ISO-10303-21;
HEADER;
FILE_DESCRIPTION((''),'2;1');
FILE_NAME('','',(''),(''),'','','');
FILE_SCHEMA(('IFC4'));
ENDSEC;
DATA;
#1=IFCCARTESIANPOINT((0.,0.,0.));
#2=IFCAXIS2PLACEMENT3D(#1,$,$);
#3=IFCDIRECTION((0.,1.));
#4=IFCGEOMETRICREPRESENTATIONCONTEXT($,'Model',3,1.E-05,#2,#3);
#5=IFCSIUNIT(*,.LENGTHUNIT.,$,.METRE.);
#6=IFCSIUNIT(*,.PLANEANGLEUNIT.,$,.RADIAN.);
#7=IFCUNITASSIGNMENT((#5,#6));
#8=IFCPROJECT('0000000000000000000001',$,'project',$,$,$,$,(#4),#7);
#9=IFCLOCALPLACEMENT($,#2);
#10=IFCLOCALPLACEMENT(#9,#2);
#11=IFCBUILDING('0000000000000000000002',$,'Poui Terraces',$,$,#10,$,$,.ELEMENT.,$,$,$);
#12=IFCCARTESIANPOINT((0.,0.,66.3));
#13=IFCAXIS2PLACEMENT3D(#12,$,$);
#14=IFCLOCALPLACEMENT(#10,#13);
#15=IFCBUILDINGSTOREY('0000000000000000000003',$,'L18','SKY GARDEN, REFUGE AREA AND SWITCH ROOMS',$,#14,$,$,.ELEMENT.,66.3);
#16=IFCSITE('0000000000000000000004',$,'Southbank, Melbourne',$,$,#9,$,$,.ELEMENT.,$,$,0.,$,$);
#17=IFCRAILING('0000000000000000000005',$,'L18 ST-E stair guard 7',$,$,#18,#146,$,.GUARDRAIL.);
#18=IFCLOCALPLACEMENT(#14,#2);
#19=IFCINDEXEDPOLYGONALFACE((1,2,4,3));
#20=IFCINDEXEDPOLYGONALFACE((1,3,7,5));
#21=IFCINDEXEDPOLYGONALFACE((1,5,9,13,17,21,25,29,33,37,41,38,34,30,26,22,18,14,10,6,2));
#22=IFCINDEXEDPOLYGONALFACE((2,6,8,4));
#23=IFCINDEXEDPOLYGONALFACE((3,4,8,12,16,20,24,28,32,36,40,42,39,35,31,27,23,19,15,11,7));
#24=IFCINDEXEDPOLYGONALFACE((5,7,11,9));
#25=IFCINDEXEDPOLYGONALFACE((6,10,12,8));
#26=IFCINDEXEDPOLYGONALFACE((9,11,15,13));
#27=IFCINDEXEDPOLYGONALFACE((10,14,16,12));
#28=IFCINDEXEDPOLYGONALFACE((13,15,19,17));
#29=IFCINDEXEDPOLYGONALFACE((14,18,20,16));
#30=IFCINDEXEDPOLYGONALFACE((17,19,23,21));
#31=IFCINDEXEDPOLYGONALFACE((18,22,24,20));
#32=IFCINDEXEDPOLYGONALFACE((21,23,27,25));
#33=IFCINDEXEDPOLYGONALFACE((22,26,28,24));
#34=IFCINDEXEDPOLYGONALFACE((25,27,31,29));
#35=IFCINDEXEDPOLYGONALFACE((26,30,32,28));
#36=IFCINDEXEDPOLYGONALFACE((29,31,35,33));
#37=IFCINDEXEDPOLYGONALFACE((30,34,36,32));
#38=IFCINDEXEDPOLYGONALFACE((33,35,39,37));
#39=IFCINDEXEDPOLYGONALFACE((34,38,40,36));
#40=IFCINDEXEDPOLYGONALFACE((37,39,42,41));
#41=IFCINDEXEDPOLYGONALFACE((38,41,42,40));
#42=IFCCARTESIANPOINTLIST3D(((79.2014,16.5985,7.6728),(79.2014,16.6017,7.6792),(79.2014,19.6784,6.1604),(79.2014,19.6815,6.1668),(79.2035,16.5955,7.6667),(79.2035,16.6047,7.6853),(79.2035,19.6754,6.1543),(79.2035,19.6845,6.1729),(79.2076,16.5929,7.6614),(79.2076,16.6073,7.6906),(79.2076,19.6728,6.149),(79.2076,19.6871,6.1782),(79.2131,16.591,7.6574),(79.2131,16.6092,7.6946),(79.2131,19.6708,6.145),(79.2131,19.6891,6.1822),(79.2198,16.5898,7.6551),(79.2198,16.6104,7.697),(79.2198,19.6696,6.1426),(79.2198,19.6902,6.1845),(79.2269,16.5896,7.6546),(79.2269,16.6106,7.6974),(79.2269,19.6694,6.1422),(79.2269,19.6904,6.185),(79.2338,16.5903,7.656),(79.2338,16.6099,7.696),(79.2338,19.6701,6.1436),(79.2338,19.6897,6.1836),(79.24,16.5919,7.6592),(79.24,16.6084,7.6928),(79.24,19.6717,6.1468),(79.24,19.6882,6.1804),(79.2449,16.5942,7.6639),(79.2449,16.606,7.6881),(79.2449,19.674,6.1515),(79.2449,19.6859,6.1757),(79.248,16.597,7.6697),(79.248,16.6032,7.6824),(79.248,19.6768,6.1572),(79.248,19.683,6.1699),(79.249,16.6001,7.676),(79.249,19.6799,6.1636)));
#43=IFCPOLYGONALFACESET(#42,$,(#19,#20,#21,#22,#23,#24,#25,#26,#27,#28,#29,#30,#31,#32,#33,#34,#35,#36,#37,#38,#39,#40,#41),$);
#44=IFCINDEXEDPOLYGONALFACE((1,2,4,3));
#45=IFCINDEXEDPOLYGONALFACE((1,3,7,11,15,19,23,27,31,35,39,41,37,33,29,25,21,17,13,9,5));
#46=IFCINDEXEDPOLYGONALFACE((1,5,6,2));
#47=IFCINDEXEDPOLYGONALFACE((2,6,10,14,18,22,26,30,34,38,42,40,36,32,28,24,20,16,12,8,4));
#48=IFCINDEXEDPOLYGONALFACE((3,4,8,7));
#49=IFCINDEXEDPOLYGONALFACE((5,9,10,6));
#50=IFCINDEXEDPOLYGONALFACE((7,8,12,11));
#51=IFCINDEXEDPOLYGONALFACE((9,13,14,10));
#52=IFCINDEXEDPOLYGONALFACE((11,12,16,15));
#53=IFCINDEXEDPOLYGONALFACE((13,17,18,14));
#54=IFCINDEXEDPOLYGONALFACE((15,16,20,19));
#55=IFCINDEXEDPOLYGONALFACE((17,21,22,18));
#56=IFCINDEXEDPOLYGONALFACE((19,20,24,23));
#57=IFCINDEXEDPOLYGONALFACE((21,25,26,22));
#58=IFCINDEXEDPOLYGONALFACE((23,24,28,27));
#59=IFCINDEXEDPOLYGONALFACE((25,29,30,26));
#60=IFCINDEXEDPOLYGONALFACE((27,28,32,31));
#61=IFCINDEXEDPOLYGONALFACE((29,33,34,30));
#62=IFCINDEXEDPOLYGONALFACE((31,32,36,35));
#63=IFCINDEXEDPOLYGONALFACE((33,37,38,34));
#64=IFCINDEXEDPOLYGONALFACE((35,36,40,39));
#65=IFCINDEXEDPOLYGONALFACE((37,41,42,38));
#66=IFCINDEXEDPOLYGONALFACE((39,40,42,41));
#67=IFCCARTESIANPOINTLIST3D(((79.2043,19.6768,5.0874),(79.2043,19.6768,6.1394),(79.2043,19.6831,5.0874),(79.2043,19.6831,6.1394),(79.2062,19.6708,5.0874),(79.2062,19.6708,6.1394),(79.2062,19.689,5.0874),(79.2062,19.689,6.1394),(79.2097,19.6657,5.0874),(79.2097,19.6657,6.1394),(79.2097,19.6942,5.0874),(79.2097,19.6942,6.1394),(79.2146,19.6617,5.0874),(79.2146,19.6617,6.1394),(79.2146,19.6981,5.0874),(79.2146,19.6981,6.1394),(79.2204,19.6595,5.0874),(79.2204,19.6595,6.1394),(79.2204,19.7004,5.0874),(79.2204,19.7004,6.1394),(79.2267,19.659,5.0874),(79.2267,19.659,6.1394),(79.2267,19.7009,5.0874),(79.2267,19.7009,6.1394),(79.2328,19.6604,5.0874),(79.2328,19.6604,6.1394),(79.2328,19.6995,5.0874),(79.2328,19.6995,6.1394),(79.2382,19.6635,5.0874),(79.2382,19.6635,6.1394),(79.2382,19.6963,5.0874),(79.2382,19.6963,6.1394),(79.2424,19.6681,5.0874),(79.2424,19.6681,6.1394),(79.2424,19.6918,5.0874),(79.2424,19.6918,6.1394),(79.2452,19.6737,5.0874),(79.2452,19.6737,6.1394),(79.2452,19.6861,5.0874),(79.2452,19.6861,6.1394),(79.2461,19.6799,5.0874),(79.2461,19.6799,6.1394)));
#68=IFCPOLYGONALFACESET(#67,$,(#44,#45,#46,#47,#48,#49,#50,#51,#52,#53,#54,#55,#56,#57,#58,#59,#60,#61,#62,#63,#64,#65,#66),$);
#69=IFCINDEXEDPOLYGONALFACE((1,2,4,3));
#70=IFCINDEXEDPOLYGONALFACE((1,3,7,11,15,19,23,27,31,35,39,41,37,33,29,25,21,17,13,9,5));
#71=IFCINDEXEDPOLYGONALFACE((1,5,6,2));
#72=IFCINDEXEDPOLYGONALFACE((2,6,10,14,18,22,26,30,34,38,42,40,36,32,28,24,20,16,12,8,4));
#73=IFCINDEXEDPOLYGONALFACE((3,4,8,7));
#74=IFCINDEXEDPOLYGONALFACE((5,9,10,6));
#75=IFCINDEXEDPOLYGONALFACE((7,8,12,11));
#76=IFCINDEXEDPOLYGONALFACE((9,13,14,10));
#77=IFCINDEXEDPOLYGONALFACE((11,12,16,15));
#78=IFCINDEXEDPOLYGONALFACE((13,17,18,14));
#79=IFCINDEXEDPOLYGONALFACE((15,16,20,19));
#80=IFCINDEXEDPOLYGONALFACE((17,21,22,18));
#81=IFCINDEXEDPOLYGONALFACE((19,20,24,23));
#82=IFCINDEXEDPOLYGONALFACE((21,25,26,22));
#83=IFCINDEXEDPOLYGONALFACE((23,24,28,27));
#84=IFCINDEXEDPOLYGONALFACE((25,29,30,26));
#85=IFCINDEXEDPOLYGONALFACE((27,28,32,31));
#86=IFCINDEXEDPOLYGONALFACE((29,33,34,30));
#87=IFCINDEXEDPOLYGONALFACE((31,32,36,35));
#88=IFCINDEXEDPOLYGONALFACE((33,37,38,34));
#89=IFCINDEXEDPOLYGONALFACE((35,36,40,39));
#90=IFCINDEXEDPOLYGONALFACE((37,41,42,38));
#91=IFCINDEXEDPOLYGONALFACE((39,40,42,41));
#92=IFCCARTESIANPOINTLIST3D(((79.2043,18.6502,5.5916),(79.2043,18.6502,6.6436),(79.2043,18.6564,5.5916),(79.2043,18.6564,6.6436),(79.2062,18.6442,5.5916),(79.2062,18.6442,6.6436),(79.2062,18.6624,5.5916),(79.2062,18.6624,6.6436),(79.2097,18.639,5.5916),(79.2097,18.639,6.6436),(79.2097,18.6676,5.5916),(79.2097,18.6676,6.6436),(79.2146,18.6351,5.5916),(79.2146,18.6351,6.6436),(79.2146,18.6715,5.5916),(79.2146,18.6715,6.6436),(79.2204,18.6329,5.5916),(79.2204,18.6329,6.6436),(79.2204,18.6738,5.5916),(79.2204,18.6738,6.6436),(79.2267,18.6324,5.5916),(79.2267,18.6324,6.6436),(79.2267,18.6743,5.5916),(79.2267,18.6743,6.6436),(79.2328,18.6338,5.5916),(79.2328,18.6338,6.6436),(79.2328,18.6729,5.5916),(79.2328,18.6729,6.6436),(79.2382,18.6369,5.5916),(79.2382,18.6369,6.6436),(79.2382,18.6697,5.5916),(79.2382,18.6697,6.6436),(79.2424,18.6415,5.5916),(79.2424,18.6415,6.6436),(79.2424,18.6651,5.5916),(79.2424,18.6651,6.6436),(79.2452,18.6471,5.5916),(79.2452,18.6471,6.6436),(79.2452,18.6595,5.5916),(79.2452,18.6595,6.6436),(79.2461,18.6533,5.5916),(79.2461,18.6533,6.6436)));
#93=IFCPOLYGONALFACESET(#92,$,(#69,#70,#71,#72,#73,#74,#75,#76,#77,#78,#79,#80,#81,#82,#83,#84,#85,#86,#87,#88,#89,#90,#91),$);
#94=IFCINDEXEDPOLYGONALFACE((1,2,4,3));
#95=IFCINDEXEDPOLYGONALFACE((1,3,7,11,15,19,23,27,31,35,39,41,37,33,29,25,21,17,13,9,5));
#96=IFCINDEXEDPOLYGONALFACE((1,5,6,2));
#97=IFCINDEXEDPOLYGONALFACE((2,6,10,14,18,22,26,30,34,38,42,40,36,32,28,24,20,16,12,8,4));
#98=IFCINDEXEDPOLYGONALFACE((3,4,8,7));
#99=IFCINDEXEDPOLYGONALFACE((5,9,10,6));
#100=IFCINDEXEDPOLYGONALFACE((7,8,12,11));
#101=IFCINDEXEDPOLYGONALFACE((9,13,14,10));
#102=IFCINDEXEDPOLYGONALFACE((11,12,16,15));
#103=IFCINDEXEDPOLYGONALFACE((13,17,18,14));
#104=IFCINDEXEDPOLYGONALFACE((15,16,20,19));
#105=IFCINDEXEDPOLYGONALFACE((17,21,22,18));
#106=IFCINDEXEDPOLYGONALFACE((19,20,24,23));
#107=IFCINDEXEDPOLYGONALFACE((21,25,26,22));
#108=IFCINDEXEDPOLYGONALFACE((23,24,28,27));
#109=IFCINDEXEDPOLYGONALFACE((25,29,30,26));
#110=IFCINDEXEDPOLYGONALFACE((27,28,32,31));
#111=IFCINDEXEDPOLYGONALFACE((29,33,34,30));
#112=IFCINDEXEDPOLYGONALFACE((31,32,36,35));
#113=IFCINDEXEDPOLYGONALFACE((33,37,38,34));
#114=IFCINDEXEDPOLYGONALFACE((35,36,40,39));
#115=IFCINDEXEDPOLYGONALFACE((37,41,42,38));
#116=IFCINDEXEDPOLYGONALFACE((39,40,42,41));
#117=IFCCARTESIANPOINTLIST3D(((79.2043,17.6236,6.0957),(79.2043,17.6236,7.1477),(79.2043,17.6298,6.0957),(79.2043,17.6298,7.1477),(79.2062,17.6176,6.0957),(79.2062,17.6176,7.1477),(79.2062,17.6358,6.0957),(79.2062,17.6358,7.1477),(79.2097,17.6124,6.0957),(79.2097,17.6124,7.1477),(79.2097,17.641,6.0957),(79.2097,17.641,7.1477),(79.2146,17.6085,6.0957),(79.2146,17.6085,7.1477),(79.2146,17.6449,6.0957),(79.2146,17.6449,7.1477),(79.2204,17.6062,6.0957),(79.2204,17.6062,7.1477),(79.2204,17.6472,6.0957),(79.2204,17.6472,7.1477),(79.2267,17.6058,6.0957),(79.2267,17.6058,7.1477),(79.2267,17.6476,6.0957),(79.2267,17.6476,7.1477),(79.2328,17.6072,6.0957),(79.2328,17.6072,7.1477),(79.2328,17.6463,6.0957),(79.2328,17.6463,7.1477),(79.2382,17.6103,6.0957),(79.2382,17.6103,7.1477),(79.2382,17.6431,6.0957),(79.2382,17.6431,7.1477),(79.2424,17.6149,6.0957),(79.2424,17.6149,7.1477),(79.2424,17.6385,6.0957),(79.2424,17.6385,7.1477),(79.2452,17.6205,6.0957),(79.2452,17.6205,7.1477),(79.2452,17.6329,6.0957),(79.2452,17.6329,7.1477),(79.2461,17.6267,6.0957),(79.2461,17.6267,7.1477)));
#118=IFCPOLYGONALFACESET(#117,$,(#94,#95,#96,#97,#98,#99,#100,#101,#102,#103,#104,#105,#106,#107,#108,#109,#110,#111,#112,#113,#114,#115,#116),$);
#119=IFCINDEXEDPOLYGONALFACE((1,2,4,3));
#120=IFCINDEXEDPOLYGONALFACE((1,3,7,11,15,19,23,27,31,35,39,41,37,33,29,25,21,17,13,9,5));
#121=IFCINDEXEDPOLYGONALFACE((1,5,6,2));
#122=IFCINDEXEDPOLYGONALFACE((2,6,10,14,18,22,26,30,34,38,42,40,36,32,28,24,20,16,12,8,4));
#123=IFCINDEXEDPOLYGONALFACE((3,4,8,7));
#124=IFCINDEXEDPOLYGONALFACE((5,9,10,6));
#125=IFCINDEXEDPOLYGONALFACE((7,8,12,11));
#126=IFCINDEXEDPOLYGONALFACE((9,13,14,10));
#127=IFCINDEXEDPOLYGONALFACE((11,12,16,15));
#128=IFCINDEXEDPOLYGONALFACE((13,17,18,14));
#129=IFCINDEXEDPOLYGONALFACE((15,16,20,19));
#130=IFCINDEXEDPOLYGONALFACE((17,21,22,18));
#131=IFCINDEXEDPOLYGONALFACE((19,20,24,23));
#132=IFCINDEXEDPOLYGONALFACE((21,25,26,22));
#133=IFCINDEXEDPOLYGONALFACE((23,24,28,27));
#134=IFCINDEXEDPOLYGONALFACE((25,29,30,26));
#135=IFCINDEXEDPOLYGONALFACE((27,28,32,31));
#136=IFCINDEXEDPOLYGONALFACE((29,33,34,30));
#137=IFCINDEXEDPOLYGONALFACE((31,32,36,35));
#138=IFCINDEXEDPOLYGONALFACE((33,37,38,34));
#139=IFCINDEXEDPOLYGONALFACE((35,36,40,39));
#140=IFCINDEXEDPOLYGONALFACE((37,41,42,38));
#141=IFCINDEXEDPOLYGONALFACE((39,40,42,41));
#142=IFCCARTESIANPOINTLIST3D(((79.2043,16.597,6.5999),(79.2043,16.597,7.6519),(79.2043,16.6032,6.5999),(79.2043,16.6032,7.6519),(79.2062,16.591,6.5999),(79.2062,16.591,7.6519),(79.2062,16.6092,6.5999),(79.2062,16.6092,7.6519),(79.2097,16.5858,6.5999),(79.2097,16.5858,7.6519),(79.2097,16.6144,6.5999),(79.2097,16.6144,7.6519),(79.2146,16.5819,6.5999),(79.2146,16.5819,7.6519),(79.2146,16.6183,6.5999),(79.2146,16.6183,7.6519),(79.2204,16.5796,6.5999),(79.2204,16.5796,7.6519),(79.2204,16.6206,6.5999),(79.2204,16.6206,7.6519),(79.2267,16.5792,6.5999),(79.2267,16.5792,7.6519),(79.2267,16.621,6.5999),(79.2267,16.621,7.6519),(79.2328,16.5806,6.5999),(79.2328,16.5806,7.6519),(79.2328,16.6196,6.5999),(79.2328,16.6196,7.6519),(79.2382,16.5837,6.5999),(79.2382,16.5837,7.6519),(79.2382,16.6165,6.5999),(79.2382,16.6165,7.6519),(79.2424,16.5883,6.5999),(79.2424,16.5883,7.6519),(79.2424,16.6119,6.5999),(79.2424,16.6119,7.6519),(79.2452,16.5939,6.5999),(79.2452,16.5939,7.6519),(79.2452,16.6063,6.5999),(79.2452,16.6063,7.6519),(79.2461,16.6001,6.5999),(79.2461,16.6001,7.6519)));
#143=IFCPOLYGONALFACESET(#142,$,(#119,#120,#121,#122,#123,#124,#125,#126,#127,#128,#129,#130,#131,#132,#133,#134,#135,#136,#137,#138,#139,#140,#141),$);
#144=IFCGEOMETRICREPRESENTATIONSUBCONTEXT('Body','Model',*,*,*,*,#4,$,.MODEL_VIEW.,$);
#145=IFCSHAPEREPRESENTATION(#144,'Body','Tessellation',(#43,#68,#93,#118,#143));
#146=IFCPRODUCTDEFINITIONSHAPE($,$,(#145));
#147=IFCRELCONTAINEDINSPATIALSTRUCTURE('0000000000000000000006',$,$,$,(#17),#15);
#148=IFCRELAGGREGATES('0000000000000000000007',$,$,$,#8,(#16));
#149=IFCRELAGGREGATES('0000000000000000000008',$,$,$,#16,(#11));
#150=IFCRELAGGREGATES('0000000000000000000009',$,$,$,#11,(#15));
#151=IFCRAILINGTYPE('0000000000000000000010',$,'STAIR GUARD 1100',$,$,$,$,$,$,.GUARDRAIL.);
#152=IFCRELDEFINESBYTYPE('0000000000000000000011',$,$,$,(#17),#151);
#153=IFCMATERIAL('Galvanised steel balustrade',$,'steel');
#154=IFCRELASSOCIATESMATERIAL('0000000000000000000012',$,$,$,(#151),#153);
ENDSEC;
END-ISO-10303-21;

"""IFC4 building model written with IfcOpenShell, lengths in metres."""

from ifc_helpers import new_model, si_unit, direction, frame, origin, origin_2d, place, context, subcontext, project, spatial, circle, extrude, material, type_object, element, save


model = new_model("IFC4")

# Units and contexts
model_context = context("Model", 3, precision=1e-05, world=origin(), true_north=direction((0.0, 1.0)))
body_context = subcontext(model_context, "Body", "Model", "MODEL_VIEW")
ifc_project = project(units=[si_unit("LENGTHUNIT", "METRE"), si_unit("PLANEANGLEUNIT", "RADIAN")], contexts=[model_context])

# Site, building, storey
site_placement = place(None, origin())
site = spatial("IfcSite", under=ifc_project, at=site_placement, Name="Southbank, Melbourne", CompositionType="ELEMENT", RefElevation=0.0)
building_placement = place(site_placement, origin())
building = spatial("IfcBuilding", under=site, at=building_placement, Name="Poui Terraces", CompositionType="ELEMENT")
storey_placement = place(building_placement, frame((0.0, 0.0, 66.3)))
storey = spatial("IfcBuildingStorey", under=building, at=storey_placement, Name="L18", Description="SKY GARDEN, REFUGE AREA AND SWITCH ROOMS", CompositionType="ELEMENT", Elevation=66.3)

# Railing
ifc_material_1 = material(Name="Galvanised steel balustrade", Category="steel")
railing_type_1 = type_object("IfcRailingType", Name="STAIR GUARD 1100", PredefinedType="GUARDRAIL", material=ifc_material_1)
railing_1_placement = place(storey_placement, frame((79.2251, 19.6799, 5.0874)))
element("IfcRailing", 1, at=railing_1_placement, inside=storey, type_object=railing_type_1, Name="L18 ST-E stair guard 7", PredefinedType="GUARDRAIL", context=body_context, shape_type="SweptSolid", body=[
    extrude(circle(Radius=0.0239, at=origin_2d()), frame((0.0, 0.0, 1.0762), z_axis=(0.0, -0.897606, 0.440798), x_axis=(1.0, 0.0, 0.0)), (0.0, 0.0, 1.0), 3.4312),
    extrude(circle(Radius=0.021, at=origin_2d()), origin(), (0.0, 0.0, 1.0), 1.052),
    extrude(circle(Radius=0.021, at=origin_2d()), frame((0.0, -1.0266, 0.5042)), (0.0, 0.0, 1.0), 1.052),
    extrude(circle(Radius=0.021, at=origin_2d()), frame((0.0, -2.0532, 1.0083)), (0.0, 0.0, 1.0), 1.052),
    extrude(circle(Radius=0.021, at=origin_2d()), frame((0.0, -3.0798, 1.5125)), (0.0, 0.0, 1.0), 1.052),
])

save(model, "model.ifc")
